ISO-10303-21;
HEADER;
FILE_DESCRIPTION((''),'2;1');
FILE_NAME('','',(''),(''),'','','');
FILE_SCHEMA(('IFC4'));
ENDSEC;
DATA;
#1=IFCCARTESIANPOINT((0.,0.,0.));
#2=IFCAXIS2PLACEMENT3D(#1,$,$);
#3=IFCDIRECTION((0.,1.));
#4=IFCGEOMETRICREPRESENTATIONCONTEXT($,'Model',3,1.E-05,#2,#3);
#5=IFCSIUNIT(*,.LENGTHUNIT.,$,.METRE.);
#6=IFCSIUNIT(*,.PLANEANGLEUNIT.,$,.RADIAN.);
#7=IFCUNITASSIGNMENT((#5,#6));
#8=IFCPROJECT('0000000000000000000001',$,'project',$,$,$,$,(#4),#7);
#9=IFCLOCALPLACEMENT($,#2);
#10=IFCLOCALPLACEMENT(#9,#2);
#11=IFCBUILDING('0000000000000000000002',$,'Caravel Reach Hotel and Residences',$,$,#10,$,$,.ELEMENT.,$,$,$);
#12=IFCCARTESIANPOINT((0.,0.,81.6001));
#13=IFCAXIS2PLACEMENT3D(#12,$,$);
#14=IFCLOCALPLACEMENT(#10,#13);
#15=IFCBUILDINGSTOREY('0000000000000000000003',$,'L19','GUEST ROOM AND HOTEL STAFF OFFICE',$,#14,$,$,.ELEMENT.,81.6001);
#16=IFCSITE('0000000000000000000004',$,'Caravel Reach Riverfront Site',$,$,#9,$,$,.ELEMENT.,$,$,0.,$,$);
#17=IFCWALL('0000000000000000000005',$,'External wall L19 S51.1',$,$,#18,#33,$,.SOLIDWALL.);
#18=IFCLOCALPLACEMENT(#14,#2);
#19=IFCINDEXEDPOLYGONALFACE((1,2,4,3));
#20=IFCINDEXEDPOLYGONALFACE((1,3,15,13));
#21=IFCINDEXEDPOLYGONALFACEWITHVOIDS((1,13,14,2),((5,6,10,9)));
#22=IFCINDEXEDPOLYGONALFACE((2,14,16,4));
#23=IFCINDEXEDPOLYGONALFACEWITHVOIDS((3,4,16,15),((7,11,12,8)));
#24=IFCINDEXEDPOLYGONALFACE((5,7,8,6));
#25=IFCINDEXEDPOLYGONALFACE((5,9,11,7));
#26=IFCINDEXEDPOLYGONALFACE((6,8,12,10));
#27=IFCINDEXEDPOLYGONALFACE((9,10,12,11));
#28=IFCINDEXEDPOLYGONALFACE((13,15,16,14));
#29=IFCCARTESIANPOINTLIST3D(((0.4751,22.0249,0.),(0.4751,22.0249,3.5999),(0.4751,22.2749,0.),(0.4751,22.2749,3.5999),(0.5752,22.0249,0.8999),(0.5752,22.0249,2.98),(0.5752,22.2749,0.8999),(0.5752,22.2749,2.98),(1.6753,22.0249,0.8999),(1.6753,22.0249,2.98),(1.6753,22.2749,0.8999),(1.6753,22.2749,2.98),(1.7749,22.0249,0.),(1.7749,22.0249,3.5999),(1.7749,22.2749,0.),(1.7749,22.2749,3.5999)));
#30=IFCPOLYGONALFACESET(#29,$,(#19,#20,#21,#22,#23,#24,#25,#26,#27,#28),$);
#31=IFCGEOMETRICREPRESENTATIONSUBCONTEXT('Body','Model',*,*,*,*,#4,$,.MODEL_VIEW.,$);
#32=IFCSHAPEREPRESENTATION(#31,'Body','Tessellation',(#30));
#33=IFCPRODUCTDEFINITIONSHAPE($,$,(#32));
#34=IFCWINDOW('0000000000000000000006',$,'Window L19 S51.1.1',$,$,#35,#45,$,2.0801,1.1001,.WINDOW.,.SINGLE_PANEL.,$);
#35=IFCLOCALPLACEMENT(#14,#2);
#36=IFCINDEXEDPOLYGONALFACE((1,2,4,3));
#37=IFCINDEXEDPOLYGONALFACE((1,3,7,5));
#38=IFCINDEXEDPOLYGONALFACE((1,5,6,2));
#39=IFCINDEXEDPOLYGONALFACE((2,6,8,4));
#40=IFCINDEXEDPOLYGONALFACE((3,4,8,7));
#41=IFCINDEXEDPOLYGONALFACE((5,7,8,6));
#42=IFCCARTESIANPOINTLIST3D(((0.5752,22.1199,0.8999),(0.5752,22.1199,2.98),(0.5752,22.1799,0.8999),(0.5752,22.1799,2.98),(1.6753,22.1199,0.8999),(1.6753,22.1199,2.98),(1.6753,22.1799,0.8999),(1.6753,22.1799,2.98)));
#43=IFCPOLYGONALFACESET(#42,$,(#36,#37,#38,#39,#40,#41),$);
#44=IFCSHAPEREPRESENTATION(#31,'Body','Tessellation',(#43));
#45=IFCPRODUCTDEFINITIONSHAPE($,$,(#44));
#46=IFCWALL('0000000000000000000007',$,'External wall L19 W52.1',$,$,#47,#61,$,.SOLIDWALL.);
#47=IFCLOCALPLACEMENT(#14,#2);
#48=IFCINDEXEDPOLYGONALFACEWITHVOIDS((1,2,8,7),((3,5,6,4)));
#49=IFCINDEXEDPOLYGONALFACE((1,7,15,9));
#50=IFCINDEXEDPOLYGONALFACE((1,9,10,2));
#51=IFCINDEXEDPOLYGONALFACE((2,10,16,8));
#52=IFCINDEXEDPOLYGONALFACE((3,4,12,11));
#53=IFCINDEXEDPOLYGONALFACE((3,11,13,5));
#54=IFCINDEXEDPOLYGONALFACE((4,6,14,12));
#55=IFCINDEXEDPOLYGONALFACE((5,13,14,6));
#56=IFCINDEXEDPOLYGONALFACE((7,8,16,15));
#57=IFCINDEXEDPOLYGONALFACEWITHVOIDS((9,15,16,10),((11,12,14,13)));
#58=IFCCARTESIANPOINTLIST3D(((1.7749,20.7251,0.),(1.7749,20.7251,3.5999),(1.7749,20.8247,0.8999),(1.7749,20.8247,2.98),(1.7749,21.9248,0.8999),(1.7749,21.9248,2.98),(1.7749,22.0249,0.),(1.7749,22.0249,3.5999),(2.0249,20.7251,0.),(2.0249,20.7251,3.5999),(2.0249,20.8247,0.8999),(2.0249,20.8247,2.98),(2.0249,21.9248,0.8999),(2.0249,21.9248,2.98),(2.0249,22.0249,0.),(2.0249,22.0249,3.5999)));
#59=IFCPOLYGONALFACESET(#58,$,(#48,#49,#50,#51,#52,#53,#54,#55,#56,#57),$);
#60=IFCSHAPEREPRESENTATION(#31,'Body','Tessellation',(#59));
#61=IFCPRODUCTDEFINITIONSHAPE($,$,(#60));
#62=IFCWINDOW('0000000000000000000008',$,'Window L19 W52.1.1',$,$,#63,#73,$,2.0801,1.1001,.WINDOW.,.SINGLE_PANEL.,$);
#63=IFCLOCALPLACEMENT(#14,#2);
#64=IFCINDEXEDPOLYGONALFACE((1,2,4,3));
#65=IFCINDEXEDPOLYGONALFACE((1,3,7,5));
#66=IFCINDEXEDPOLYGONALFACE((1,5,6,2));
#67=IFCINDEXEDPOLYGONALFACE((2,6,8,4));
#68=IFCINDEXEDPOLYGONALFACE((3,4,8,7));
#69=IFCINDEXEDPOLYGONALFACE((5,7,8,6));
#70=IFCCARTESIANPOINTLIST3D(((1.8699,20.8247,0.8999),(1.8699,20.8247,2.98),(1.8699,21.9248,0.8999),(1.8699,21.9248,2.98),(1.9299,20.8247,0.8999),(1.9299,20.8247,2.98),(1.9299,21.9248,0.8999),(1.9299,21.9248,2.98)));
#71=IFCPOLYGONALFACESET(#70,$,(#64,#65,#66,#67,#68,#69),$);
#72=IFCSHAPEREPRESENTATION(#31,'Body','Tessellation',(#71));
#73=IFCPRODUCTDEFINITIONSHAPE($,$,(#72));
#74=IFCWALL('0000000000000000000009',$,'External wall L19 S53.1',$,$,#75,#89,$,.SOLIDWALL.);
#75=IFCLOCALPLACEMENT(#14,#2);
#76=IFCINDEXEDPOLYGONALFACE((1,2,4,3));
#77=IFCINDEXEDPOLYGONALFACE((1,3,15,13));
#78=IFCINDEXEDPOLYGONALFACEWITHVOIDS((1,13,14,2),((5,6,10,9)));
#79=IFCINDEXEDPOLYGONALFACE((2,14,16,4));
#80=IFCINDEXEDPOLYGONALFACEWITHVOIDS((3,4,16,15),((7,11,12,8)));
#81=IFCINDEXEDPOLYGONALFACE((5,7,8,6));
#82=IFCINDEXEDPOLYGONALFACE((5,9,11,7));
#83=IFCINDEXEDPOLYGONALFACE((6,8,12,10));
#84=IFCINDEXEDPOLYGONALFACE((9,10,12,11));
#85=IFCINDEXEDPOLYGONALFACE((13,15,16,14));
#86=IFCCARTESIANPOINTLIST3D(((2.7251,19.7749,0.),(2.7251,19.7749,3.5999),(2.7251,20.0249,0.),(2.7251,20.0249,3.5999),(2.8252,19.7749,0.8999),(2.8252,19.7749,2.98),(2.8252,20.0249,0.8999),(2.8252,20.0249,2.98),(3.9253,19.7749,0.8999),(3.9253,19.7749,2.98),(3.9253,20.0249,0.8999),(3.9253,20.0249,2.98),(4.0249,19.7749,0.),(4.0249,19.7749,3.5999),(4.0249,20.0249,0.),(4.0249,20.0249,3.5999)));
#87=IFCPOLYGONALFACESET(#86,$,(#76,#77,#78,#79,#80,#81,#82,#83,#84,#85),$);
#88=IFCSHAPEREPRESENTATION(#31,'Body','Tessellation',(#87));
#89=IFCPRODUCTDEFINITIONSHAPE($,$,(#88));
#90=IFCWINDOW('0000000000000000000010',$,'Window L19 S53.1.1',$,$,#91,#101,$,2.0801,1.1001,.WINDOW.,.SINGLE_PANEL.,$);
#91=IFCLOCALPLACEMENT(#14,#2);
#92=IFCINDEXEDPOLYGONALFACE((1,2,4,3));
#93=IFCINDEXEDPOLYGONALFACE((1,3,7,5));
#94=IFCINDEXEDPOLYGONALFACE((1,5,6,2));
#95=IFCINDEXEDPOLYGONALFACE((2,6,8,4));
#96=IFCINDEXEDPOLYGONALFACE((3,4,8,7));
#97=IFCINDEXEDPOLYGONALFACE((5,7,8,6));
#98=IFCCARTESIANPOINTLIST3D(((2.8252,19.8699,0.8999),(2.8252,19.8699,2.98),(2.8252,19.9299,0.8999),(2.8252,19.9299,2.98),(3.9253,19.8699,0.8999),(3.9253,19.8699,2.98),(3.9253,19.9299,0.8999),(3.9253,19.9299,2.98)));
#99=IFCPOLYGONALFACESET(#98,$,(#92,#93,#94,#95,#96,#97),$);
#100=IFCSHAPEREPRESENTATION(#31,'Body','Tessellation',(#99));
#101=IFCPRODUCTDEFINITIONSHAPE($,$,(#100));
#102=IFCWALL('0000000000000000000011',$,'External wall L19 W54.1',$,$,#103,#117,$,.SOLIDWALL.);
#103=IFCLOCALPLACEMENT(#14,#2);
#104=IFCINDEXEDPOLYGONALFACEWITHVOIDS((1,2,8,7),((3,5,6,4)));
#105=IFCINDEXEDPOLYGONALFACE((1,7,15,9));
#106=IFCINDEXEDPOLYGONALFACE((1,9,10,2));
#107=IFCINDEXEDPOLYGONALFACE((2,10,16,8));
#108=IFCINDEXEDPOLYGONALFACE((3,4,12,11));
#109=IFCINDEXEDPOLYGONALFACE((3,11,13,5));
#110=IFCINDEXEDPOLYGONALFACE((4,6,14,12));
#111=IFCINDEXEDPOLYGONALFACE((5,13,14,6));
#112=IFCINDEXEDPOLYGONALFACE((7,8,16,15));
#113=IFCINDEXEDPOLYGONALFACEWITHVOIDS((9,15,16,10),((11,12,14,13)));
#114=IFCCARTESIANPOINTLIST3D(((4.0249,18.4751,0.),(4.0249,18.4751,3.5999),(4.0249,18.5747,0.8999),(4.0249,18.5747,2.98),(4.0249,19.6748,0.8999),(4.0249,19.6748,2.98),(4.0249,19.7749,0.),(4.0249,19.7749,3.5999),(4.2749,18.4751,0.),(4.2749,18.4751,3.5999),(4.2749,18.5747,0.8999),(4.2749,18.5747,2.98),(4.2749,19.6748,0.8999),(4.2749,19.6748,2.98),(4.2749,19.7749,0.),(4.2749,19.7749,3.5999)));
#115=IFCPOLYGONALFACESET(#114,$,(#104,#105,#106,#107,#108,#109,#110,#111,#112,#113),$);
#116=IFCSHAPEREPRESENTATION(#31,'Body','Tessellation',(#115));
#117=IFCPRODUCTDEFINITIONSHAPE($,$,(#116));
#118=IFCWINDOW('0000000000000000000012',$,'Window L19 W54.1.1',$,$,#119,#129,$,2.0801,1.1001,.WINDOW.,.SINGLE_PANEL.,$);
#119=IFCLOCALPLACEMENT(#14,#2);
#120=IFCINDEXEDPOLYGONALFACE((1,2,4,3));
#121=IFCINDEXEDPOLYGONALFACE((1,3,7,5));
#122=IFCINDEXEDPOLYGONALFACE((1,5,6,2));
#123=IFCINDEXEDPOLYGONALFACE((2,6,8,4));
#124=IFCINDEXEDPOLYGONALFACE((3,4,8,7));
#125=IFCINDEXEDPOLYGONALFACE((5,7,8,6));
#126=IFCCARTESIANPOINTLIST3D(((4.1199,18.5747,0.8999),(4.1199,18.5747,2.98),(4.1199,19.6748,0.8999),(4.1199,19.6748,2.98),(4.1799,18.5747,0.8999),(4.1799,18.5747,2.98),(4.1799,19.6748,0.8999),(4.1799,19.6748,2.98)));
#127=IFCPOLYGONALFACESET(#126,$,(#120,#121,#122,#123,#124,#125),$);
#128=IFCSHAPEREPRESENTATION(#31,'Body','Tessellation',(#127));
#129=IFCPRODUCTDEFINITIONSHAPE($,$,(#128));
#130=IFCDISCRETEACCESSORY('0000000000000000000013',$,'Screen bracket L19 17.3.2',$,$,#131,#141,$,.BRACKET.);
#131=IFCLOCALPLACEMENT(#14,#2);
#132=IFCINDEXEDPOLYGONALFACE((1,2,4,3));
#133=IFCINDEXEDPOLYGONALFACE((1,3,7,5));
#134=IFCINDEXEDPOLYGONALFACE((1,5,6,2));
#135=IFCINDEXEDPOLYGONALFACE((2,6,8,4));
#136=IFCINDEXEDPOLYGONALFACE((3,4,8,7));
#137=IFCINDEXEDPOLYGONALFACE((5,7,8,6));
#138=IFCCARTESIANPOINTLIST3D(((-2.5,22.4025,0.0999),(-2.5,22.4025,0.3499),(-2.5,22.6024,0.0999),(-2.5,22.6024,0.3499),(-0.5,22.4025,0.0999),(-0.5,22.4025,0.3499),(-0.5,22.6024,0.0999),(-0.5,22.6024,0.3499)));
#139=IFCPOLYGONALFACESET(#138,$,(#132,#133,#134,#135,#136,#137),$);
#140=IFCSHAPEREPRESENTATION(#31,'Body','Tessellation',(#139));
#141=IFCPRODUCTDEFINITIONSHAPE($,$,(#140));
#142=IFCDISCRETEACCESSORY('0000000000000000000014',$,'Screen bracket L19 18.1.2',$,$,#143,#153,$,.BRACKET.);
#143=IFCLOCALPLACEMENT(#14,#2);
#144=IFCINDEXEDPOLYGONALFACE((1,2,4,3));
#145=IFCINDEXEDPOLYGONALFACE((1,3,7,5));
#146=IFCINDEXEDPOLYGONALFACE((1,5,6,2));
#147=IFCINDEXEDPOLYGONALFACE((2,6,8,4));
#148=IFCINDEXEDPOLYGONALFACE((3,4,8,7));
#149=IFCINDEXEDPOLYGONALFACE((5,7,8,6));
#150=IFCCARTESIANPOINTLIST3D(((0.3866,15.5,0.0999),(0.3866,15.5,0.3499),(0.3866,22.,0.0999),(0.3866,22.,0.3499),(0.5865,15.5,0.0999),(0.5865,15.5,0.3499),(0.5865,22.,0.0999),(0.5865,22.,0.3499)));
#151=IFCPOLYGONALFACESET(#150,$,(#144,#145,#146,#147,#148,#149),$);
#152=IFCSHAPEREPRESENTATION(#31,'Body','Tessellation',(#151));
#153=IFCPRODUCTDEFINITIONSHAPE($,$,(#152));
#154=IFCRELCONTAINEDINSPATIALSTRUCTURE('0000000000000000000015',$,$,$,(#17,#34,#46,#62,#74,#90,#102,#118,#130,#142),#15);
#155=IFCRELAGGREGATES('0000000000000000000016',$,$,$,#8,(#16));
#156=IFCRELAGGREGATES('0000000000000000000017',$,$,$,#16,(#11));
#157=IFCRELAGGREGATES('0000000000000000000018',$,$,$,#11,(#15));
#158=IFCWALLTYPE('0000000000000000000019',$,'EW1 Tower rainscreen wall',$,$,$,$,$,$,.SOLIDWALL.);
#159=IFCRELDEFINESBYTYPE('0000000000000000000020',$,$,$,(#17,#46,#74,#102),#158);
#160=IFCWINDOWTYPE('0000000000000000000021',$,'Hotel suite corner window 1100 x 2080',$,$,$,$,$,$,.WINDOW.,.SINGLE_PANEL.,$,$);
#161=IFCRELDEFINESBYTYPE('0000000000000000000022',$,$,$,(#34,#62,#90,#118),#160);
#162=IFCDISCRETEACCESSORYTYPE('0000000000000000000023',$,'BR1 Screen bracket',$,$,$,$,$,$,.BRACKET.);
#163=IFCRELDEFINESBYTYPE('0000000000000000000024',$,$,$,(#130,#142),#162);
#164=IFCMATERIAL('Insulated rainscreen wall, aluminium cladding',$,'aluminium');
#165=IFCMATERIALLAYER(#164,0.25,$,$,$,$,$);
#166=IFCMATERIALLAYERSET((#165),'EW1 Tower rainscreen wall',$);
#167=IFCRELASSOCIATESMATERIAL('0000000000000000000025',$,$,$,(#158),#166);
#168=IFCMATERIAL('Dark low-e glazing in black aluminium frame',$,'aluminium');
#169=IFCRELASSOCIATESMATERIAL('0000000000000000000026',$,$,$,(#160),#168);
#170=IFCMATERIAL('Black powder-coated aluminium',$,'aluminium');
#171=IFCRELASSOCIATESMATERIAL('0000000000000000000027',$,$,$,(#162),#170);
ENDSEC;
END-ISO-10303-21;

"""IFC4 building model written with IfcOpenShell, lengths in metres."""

from ifc_helpers import new_model, si_unit, direction, frame, frame_2d, origin, origin_2d, place, context, subcontext, project, spatial, rectangle, extrude, material, layer, layer_set, type_object, element, fill, save


model = new_model("IFC4")

# Units and contexts
model_context = context("Model", 3, precision=1e-05, world=origin(), true_north=direction((0.0, 1.0)))
body_context = subcontext(model_context, "Body", "Model", "MODEL_VIEW")
ifc_project = project(units=[si_unit("LENGTHUNIT", "METRE"), si_unit("PLANEANGLEUNIT", "RADIAN")], contexts=[model_context])

# Site, building, storey
site_placement = place(None, origin())
site = spatial("IfcSite", under=ifc_project, at=site_placement, Name="Caravel Reach Riverfront Site", CompositionType="ELEMENT", RefElevation=0.0)
building_placement = place(site_placement, origin())
building = spatial("IfcBuilding", under=site, at=building_placement, Name="Caravel Reach Hotel and Residences", CompositionType="ELEMENT")
storey_placement = place(building_placement, frame((0.0, 0.0, 81.6001)))
storey = spatial("IfcBuildingStorey", under=building, at=storey_placement, Name="L19", Description="GUEST ROOM AND HOTEL STAFF OFFICE", CompositionType="ELEMENT", Elevation=81.6001)

# Walls, openings, windows
ifc_material_1 = material(Name="Insulated rainscreen wall, aluminium cladding", Category="aluminium")
ifc_layer = layer(ifc_material_1, 0.25)
ifc_layer_set = layer_set([ifc_layer], Name="EW1 Tower rainscreen wall")
wall_type = type_object("IfcWallType", Name="EW1 Tower rainscreen wall", PredefinedType="SOLIDWALL", material=ifc_layer_set)
wall_1_placement = place(storey_placement, frame((0.4751, 22.1499, 0.0), z_axis=(0.0, 0.0, 1.0), x_axis=(1.0, 0.0, 0.0)))
wall_1 = element("IfcWall", 1, at=wall_1_placement, inside=storey, type_object=wall_type, Name="External wall L19 S51.1", PredefinedType="SOLIDWALL", context=body_context, shape_type="SweptSolid", body=[
    extrude(rectangle(XDim=1.2998, YDim=0.25, at=frame_2d((0.6499, 0.0))), origin(), (0.0, 0.0, 1.0), 3.5999),
])
opening_1_placement = place(wall_1_placement, frame((0.1001, 0.0, 0.8999)))
opening_1 = element("IfcOpeningElement", 2, at=opening_1_placement, cuts=wall_1, PredefinedType="OPENING", context=body_context, shape_type="SweptSolid", body=[
    extrude(rectangle(XDim=1.1001, YDim=2.0801, at=frame_2d((0.55, 1.04))), frame((0.0, 0.135, 0.0), z_axis=(0.0, -1.0, 0.0), x_axis=(1.0, 0.0, 0.0)), (0.0, 0.0, 1.0), 0.27),
])
ifc_material_2 = material(Name="Dark low-e glazing in black aluminium frame", Category="aluminium")
window_type = type_object("IfcWindowType", Name="Hotel suite corner window 1100 x 2080", PartitioningType="SINGLE_PANEL", PredefinedType="WINDOW", material=ifc_material_2)
window_1_placement = place(opening_1_placement, origin())
window_1 = element("IfcWindow", 3, at=window_1_placement, inside=storey, type_object=window_type, Name="Window L19 S51.1.1", OverallHeight=2.0801, OverallWidth=1.1001, PartitioningType="SINGLE_PANEL", PredefinedType="WINDOW", context=body_context, shape_type="SweptSolid", body=[
    extrude(rectangle(XDim=1.1001, YDim=2.0801, at=frame_2d((0.55, 1.04))), frame((0.0, 0.03, 0.0), z_axis=(0.0, -1.0, 0.0), x_axis=(1.0, 0.0, 0.0)), (0.0, 0.0, 1.0), 0.0601),
])
fill(opening_1, window_1)
wall_2_placement = place(storey_placement, frame((1.8999, 22.0249, 0.0), z_axis=(0.0, 0.0, 1.0), x_axis=(0.0, -1.0, 0.0)))
wall_2 = element("IfcWall", 4, at=wall_2_placement, inside=storey, type_object=wall_type, Name="External wall L19 W52.1", PredefinedType="SOLIDWALL", context=body_context, shape_type="SweptSolid", body=[
    extrude(rectangle(XDim=1.2998, YDim=0.25, at=frame_2d((0.6499, 0.0))), origin(), (0.0, 0.0, 1.0), 3.5999),
])
opening_2_placement = place(wall_2_placement, frame((0.1001, 0.0, 0.8999)))
opening_2 = element("IfcOpeningElement", 5, at=opening_2_placement, cuts=wall_2, PredefinedType="OPENING", context=body_context, shape_type="SweptSolid", body=[
    extrude(rectangle(XDim=1.1001, YDim=2.0801, at=frame_2d((0.55, 1.04))), frame((0.0, 0.135, 0.0), z_axis=(0.0, -1.0, 0.0), x_axis=(1.0, 0.0, 0.0)), (0.0, 0.0, 1.0), 0.27),
])
window_2_placement = place(opening_2_placement, origin())
window_2 = element("IfcWindow", 6, at=window_2_placement, inside=storey, type_object=window_type, Name="Window L19 W52.1.1", OverallHeight=2.0801, OverallWidth=1.1001, PartitioningType="SINGLE_PANEL", PredefinedType="WINDOW", context=body_context, shape_type="SweptSolid", body=[
    extrude(rectangle(XDim=1.1001, YDim=2.0801, at=frame_2d((0.55, 1.04))), frame((0.0, 0.03, 0.0), z_axis=(0.0, -1.0, 0.0), x_axis=(1.0, 0.0, 0.0)), (0.0, 0.0, 1.0), 0.0601),
])
fill(opening_2, window_2)
wall_3_placement = place(storey_placement, frame((2.7251, 19.8999, 0.0), z_axis=(0.0, 0.0, 1.0), x_axis=(1.0, 0.0, 0.0)))
wall_3 = element("IfcWall", 7, at=wall_3_placement, inside=storey, type_object=wall_type, Name="External wall L19 S53.1", PredefinedType="SOLIDWALL", context=body_context, shape_type="SweptSolid", body=[
    extrude(rectangle(XDim=1.2998, YDim=0.25, at=frame_2d((0.6499, 0.0))), origin(), (0.0, 0.0, 1.0), 3.5999),
])
opening_3_placement = place(wall_3_placement, frame((0.1001, 0.0, 0.8999)))
opening_3 = element("IfcOpeningElement", 8, at=opening_3_placement, cuts=wall_3, PredefinedType="OPENING", context=body_context, shape_type="SweptSolid", body=[
    extrude(rectangle(XDim=1.1001, YDim=2.0801, at=frame_2d((0.55, 1.04))), frame((0.0, 0.135, 0.0), z_axis=(0.0, -1.0, 0.0), x_axis=(1.0, 0.0, 0.0)), (0.0, 0.0, 1.0), 0.27),
])
window_3_placement = place(opening_3_placement, origin())
window_3 = element("IfcWindow", 9, at=window_3_placement, inside=storey, type_object=window_type, Name="Window L19 S53.1.1", OverallHeight=2.0801, OverallWidth=1.1001, PartitioningType="SINGLE_PANEL", PredefinedType="WINDOW", context=body_context, shape_type="SweptSolid", body=[
    extrude(rectangle(XDim=1.1001, YDim=2.0801, at=frame_2d((0.55, 1.04))), frame((0.0, 0.03, 0.0), z_axis=(0.0, -1.0, 0.0), x_axis=(1.0, 0.0, 0.0)), (0.0, 0.0, 1.0), 0.0601),
])
fill(opening_3, window_3)
wall_4_placement = place(storey_placement, frame((4.1499, 19.7749, 0.0), z_axis=(0.0, 0.0, 1.0), x_axis=(0.0, -1.0, 0.0)))
wall_4 = element("IfcWall", 10, at=wall_4_placement, inside=storey, type_object=wall_type, Name="External wall L19 W54.1", PredefinedType="SOLIDWALL", context=body_context, shape_type="SweptSolid", body=[
    extrude(rectangle(XDim=1.2998, YDim=0.25, at=frame_2d((0.6499, 0.0))), origin(), (0.0, 0.0, 1.0), 3.5999),
])
opening_4_placement = place(wall_4_placement, frame((0.1001, 0.0, 0.8999)))
opening_4 = element("IfcOpeningElement", 11, at=opening_4_placement, cuts=wall_4, PredefinedType="OPENING", context=body_context, shape_type="SweptSolid", body=[
    extrude(rectangle(XDim=1.1001, YDim=2.0801, at=frame_2d((0.55, 1.04))), frame((0.0, 0.135, 0.0), z_axis=(0.0, -1.0, 0.0), x_axis=(1.0, 0.0, 0.0)), (0.0, 0.0, 1.0), 0.27),
])
window_4_placement = place(opening_4_placement, origin())
window_4 = element("IfcWindow", 12, at=window_4_placement, inside=storey, type_object=window_type, Name="Window L19 W54.1.1", OverallHeight=2.0801, OverallWidth=1.1001, PartitioningType="SINGLE_PANEL", PredefinedType="WINDOW", context=body_context, shape_type="SweptSolid", body=[
    extrude(rectangle(XDim=1.1001, YDim=2.0801, at=frame_2d((0.55, 1.04))), frame((0.0, 0.03, 0.0), z_axis=(0.0, -1.0, 0.0), x_axis=(1.0, 0.0, 0.0)), (0.0, 0.0, 1.0), 0.0601),
])
fill(opening_4, window_4)

# Discrete accessories
ifc_material_3 = material(Name="Black powder-coated aluminium", Category="aluminium")
discrete_accessory_type = type_object("IfcDiscreteAccessoryType", Name="BR1 Screen bracket", PredefinedType="BRACKET", material=ifc_material_3)
discrete_accessory_1_placement = place(storey_placement, frame((-1.5, 22.5024, 0.0999), z_axis=(0.0, 0.0, 1.0), x_axis=(-1.0, 0.0, 0.0)))
element("IfcDiscreteAccessory", 13, at=discrete_accessory_1_placement, inside=storey, type_object=discrete_accessory_type, Name="Screen bracket L19 17.3.2", PredefinedType="BRACKET", context=body_context, shape_type="SweptSolid", body=[
    extrude(rectangle(XDim=2.0, YDim=0.2, at=origin_2d()), origin(), (0.0, 0.0, 1.0), 0.25),
])
discrete_accessory_2_placement = place(storey_placement, frame((0.4866, 18.75, 0.0999), z_axis=(0.0, 0.0, 1.0), x_axis=(0.0, -1.0, 0.0)))
element("IfcDiscreteAccessory", 14, at=discrete_accessory_2_placement, inside=storey, type_object=discrete_accessory_type, Name="Screen bracket L19 18.1.2", PredefinedType="BRACKET", context=body_context, shape_type="SweptSolid", body=[
    extrude(rectangle(XDim=6.5, YDim=0.2, at=origin_2d()), origin(), (0.0, 0.0, 1.0), 0.25),
])

save(model, "model.ifc")
